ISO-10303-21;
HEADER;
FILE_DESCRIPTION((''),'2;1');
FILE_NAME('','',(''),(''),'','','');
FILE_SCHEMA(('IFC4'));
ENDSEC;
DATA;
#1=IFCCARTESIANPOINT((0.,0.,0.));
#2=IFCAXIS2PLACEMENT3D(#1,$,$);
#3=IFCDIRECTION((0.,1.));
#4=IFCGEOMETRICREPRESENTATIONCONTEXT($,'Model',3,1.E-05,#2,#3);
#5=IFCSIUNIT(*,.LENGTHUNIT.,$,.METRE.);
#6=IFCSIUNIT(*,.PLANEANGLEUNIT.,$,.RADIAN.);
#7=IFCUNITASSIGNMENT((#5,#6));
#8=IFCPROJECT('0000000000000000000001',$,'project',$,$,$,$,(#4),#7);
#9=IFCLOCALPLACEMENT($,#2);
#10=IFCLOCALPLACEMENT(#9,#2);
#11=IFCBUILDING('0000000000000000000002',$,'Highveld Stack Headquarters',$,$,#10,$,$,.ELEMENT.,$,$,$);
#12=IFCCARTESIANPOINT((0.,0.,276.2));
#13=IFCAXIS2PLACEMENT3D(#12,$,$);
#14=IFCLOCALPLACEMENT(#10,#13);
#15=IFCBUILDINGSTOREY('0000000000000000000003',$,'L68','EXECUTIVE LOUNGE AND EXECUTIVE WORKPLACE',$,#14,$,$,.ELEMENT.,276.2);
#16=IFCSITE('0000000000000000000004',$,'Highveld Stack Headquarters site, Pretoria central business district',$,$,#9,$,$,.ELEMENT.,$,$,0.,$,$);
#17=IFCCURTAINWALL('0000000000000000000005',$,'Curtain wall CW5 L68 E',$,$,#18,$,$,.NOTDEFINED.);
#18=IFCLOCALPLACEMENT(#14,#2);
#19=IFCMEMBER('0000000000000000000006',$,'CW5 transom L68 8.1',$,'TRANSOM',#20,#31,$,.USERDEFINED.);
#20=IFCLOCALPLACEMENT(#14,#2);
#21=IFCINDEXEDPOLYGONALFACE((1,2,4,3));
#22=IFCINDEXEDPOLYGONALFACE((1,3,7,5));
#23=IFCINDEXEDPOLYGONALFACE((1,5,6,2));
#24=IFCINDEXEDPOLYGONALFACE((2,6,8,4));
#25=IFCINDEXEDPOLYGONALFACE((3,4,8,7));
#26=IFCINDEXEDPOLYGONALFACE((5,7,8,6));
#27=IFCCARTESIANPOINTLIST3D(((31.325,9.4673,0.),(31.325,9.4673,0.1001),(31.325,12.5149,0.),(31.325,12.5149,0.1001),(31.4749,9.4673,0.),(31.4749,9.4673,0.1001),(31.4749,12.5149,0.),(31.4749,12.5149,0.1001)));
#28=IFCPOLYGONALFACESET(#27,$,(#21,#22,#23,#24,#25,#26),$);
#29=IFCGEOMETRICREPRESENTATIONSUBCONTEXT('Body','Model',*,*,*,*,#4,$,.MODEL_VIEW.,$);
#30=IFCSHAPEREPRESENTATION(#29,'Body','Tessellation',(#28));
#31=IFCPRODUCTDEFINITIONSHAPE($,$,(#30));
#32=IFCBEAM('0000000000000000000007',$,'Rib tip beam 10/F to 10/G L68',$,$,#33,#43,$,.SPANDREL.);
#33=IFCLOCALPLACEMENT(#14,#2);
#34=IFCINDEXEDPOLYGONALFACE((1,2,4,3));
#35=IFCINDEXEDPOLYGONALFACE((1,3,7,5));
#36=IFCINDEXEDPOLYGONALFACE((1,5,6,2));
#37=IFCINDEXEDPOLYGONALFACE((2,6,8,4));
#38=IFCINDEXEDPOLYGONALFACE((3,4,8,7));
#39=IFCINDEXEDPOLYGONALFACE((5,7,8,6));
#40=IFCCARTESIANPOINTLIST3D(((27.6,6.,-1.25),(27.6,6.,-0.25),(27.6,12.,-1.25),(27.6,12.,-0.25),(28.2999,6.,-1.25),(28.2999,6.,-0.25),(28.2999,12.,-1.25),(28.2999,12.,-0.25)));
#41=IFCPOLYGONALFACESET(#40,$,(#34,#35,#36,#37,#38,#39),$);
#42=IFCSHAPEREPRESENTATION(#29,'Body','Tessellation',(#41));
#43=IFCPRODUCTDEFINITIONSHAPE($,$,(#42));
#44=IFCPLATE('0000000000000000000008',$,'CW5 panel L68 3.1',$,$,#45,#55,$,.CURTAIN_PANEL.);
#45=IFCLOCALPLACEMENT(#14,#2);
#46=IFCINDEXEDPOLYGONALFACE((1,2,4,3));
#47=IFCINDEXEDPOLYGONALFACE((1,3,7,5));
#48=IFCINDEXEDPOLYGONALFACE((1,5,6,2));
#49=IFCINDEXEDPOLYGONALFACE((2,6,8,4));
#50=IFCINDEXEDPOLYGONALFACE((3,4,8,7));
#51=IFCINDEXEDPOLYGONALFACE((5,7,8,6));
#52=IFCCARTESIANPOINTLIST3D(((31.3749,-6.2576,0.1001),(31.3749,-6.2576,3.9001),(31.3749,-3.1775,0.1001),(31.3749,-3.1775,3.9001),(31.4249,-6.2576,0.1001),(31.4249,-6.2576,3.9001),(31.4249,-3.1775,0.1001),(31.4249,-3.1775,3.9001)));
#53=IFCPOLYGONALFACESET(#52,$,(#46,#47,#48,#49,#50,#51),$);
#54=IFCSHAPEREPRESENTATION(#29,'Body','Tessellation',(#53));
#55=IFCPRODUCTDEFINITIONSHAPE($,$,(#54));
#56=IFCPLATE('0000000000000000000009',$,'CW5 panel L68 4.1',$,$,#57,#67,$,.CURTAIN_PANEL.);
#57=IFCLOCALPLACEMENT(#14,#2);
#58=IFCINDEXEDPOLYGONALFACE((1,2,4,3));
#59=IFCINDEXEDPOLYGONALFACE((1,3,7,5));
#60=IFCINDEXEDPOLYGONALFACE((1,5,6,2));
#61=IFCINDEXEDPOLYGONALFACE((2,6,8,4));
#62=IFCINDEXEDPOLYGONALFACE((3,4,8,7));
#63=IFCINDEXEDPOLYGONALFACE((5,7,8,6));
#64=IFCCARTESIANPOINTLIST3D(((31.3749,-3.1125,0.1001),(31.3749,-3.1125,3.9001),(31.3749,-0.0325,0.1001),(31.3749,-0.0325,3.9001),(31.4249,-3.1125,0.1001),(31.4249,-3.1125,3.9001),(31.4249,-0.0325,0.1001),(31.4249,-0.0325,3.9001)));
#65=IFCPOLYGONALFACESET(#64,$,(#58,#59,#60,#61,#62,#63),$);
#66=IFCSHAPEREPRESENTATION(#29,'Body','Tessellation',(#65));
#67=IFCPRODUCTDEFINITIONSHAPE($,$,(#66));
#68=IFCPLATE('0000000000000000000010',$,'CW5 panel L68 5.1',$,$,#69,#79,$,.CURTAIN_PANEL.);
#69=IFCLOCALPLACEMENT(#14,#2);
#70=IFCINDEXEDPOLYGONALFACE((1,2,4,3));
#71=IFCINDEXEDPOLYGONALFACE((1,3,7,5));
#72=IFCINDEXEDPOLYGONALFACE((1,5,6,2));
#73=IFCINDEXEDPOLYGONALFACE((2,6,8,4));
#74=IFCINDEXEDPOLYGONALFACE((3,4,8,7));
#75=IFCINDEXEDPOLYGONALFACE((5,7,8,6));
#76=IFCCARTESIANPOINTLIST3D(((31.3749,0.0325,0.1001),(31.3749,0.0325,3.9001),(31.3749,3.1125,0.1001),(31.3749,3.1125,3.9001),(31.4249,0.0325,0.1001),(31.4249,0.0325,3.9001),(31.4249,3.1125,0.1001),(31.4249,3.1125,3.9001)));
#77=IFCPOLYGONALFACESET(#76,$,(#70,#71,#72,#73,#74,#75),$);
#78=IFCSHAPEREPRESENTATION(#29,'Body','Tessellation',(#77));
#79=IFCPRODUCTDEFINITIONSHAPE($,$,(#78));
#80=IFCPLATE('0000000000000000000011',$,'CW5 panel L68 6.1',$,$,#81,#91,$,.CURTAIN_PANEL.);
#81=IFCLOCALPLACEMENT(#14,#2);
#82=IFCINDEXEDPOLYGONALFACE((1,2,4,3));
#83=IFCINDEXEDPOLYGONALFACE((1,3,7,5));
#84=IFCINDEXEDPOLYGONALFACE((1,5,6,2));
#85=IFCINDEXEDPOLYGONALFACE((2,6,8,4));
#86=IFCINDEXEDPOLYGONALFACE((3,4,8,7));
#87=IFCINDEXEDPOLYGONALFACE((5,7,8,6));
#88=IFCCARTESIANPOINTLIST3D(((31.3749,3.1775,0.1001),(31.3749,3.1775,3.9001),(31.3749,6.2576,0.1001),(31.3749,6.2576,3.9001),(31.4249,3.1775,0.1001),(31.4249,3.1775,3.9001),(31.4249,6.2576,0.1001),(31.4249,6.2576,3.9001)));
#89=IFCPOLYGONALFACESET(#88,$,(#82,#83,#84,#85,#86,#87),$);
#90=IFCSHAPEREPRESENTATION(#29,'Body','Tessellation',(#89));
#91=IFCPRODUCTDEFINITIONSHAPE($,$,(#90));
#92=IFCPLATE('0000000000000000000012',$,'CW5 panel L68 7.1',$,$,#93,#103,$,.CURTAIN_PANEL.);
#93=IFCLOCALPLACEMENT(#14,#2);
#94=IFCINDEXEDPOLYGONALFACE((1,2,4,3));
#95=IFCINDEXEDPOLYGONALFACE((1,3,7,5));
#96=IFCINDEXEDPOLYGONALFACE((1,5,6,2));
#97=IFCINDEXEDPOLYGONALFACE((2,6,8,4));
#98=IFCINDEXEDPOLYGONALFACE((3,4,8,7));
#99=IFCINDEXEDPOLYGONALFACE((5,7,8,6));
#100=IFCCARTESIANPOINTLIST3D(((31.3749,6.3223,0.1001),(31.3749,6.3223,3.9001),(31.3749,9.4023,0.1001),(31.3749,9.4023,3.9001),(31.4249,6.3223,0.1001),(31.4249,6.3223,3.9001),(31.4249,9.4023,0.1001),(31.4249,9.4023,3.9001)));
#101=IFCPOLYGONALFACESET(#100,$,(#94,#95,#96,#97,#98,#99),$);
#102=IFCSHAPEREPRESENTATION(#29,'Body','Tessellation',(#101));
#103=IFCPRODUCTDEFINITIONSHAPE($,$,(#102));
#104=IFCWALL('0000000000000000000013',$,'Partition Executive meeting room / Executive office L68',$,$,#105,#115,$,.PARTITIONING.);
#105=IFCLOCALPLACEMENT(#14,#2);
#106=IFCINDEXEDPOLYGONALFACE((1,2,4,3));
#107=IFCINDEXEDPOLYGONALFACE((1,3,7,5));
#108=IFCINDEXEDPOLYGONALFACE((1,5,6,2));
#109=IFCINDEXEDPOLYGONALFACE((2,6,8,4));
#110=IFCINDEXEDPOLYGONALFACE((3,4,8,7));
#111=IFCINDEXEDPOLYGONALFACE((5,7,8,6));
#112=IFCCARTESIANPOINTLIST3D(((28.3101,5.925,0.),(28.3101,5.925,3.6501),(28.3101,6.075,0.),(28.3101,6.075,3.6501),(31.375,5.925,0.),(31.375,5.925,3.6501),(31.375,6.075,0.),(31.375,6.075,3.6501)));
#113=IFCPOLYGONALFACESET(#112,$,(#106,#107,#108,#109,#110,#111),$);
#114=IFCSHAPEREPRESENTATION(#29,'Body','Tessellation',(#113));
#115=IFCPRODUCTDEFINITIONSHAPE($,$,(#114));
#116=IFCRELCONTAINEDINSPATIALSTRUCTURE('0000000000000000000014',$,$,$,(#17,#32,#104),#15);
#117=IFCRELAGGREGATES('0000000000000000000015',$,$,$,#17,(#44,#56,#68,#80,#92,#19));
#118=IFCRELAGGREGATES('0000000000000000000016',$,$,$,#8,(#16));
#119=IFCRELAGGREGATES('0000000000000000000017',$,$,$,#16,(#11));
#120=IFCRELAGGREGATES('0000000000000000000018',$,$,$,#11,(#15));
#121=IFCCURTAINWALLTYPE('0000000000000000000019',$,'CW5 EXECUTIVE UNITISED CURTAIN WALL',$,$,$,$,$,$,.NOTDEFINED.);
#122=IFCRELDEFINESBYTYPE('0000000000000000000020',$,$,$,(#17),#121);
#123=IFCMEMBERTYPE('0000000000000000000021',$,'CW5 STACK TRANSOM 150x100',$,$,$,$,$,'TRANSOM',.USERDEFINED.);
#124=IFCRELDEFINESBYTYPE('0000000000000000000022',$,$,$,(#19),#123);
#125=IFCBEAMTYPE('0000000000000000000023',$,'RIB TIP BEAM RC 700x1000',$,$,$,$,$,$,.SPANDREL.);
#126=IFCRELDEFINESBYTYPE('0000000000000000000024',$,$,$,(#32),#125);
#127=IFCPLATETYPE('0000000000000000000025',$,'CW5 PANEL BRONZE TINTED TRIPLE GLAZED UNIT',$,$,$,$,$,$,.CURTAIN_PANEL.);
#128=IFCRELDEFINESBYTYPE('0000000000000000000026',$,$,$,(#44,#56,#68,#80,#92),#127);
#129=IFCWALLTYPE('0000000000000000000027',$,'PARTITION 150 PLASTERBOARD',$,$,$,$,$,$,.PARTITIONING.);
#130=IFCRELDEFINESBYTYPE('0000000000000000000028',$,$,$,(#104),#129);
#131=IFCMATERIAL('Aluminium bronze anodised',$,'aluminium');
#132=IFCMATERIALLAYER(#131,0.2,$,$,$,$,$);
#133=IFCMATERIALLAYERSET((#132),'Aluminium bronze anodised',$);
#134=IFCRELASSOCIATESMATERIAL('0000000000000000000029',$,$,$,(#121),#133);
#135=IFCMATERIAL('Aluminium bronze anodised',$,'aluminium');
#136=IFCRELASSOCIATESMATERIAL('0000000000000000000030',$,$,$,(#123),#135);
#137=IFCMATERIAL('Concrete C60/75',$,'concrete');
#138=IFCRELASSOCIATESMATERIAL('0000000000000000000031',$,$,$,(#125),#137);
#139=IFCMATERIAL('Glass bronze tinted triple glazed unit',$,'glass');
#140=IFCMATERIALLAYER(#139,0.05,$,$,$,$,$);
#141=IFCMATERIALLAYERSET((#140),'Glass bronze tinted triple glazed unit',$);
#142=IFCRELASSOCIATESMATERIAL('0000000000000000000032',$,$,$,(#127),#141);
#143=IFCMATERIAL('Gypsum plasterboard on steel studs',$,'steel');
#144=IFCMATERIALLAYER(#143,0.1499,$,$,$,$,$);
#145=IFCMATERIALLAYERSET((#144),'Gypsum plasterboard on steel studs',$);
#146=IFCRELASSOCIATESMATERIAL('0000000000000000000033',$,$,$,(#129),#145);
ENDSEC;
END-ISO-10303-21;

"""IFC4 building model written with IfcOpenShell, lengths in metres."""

from ifc_helpers import new_model, si_unit, direction, frame, frame_2d, origin, origin_2d, place, context, subcontext, project, spatial, rectangle, extrude, material, layer, layer_set, material_profile, profile_set, type_object, element, aggregate, save


model = new_model("IFC4")

# Units and contexts
model_context = context("Model", 3, precision=1e-05, world=origin(), true_north=direction((0.0, 1.0)))
body_context = subcontext(model_context, "Body", "Model", "MODEL_VIEW")
ifc_project = project(units=[si_unit("LENGTHUNIT", "METRE"), si_unit("PLANEANGLEUNIT", "RADIAN")], contexts=[model_context])

# Site, building, storey
site_placement = place(None, origin())
site = spatial("IfcSite", under=ifc_project, at=site_placement, Name="Highveld Stack Headquarters site, Pretoria central business district", CompositionType="ELEMENT", RefElevation=0.0)
building_placement = place(site_placement, origin())
building = spatial("IfcBuilding", under=site, at=building_placement, Name="Highveld Stack Headquarters", CompositionType="ELEMENT")
storey_placement = place(building_placement, frame((0.0, 0.0, 276.2)))
storey = spatial("IfcBuildingStorey", under=building, at=storey_placement, Name="L68", Description="EXECUTIVE LOUNGE AND EXECUTIVE WORKPLACE", CompositionType="ELEMENT", Elevation=276.2)

# Curtain wall, member
ifc_material_1 = material(Name="Aluminium bronze anodised", Category="aluminium")
ifc_layer_1 = layer(ifc_material_1, 0.2)
ifc_layer_set_1 = layer_set([ifc_layer_1], Name="Aluminium bronze anodised")
curtain_wall_type = type_object("IfcCurtainWallType", Name="CW5 EXECUTIVE UNITISED CURTAIN WALL", PredefinedType="NOTDEFINED", material=ifc_layer_set_1)
curtain_wall_placement = place(storey_placement, origin())
curtain_wall = element("IfcCurtainWall", 1, at=curtain_wall_placement, inside=storey, type_object=curtain_wall_type, Name="Curtain wall CW5 L68 E", PredefinedType="NOTDEFINED")
ifc_material_2 = material(Name="Aluminium bronze anodised", Category="aluminium")
ifc_material_profile_1 = material_profile(ifc_material_2, rectangle(XDim=0.1499, YDim=0.1001, at=origin_2d()), Name="CW5 TRANSOM 150x100")
ifc_profile_set_1 = profile_set([ifc_material_profile_1], Name="Aluminium bronze anodised")
member_type_1 = type_object("IfcMemberType", Name="CW5 STACK TRANSOM 150x100", ElementType="TRANSOM", PredefinedType="USERDEFINED", material=ifc_profile_set_1)
member_1_placement = place(storey_placement, frame((31.3999, 9.4673, 0.05), z_axis=(0.0, 1.0, 0.0), x_axis=(-1.0, 0.0, 0.0)))
member_1 = element("IfcMember", 2, at=member_1_placement, type_object=member_type_1, Name="CW5 transom L68 8.1", ObjectType="TRANSOM", PredefinedType="USERDEFINED", context=body_context, shape_type="SweptSolid", body=[
    extrude(rectangle(XDim=0.1499, YDim=0.1001, at=origin_2d()), origin(), (0.0, 0.0, 1.0), 3.0476),
])

# Beam
ifc_material_3 = material(Name="Concrete C60/75", Category="concrete")
ifc_material_profile_2 = material_profile(ifc_material_3, rectangle(XDim=0.7, YDim=1.0, at=origin_2d()), Name="RC 700x1000")
ifc_profile_set_2 = profile_set([ifc_material_profile_2], Name="Concrete C60/75")
beam_type = type_object("IfcBeamType", Name="RIB TIP BEAM RC 700x1000", PredefinedType="SPANDREL", material=ifc_profile_set_2)
beam_placement = place(storey_placement, frame((27.95, 6.0, -0.75), z_axis=(0.0, 1.0, 0.0), x_axis=(-1.0, 0.0, 0.0)))
element("IfcBeam", 3, at=beam_placement, inside=storey, type_object=beam_type, Name="Rib tip beam 10/F to 10/G L68", PredefinedType="SPANDREL", context=body_context, shape_type="SweptSolid", body=[
    extrude(rectangle(XDim=0.7, YDim=1.0, at=origin_2d()), origin(), (0.0, 0.0, 1.0), 6.0),
])

# Plates
ifc_material_4 = material(Name="Glass bronze tinted triple glazed unit", Category="glass")
ifc_layer_2 = layer(ifc_material_4, 0.05)
ifc_layer_set_2 = layer_set([ifc_layer_2], Name="Glass bronze tinted triple glazed unit")
plate_type = type_object("IfcPlateType", Name="CW5 PANEL BRONZE TINTED TRIPLE GLAZED UNIT", PredefinedType="CURTAIN_PANEL", material=ifc_layer_set_2)
plate_1_placement = place(storey_placement, frame((31.3999, -4.7175, 0.1001), z_axis=(0.0, 0.0, 1.0), x_axis=(0.0, 1.0, 0.0)))
plate_1 = element("IfcPlate", 4, at=plate_1_placement, type_object=plate_type, Name="CW5 panel L68 3.1", PredefinedType="CURTAIN_PANEL", context=body_context, shape_type="SweptSolid", body=[
    extrude(rectangle(XDim=3.0801, YDim=0.05, at=origin_2d()), origin(), (0.0, 0.0, 1.0), 3.8),
])
plate_2_placement = place(storey_placement, frame((31.3999, -1.5725, 0.1001), z_axis=(0.0, 0.0, 1.0), x_axis=(0.0, 1.0, 0.0)))
plate_2 = element("IfcPlate", 5, at=plate_2_placement, type_object=plate_type, Name="CW5 panel L68 4.1", PredefinedType="CURTAIN_PANEL", context=body_context, shape_type="SweptSolid", body=[
    extrude(rectangle(XDim=3.0801, YDim=0.05, at=origin_2d()), origin(), (0.0, 0.0, 1.0), 3.8),
])
plate_3_placement = place(storey_placement, frame((31.3999, 1.5725, 0.1001), z_axis=(0.0, 0.0, 1.0), x_axis=(0.0, 1.0, 0.0)))
plate_3 = element("IfcPlate", 6, at=plate_3_placement, type_object=plate_type, Name="CW5 panel L68 5.1", PredefinedType="CURTAIN_PANEL", context=body_context, shape_type="SweptSolid", body=[
    extrude(rectangle(XDim=3.0801, YDim=0.05, at=origin_2d()), origin(), (0.0, 0.0, 1.0), 3.8),
])
plate_4_placement = place(storey_placement, frame((31.3999, 4.7175, 0.1001), z_axis=(0.0, 0.0, 1.0), x_axis=(0.0, 1.0, 0.0)))
plate_4 = element("IfcPlate", 7, at=plate_4_placement, type_object=plate_type, Name="CW5 panel L68 6.1", PredefinedType="CURTAIN_PANEL", context=body_context, shape_type="SweptSolid", body=[
    extrude(rectangle(XDim=3.0801, YDim=0.05, at=origin_2d()), origin(), (0.0, 0.0, 1.0), 3.8),
])
plate_5_placement = place(storey_placement, frame((31.3999, 7.8623, 0.1001), z_axis=(0.0, 0.0, 1.0), x_axis=(0.0, 1.0, 0.0)))
plate_5 = element("IfcPlate", 8, at=plate_5_placement, type_object=plate_type, Name="CW5 panel L68 7.1", PredefinedType="CURTAIN_PANEL", context=body_context, shape_type="SweptSolid", body=[
    extrude(rectangle(XDim=3.0801, YDim=0.05, at=origin_2d()), origin(), (0.0, 0.0, 1.0), 3.8),
])
aggregate(curtain_wall, [plate_1, plate_2, plate_3, plate_4, plate_5, member_1])

# Wall
ifc_material_5 = material(Name="Gypsum plasterboard on steel studs", Category="steel")
ifc_layer_3 = layer(ifc_material_5, 0.1499)
ifc_layer_set_3 = layer_set([ifc_layer_3], Name="Gypsum plasterboard on steel studs")
wall_type = type_object("IfcWallType", Name="PARTITION 150 PLASTERBOARD", PredefinedType="PARTITIONING", material=ifc_layer_set_3)
wall_placement = place(storey_placement, frame((28.3101, 6.0, 0.0), z_axis=(0.0, 0.0, 1.0), x_axis=(1.0, 0.0, 0.0)))
element("IfcWall", 9, at=wall_placement, inside=storey, type_object=wall_type, Name="Partition Executive meeting room / Executive office L68", PredefinedType="PARTITIONING", context=body_context, shape_type="SweptSolid", body=[
    extrude(rectangle(XDim=3.0649, YDim=0.1499, at=frame_2d((1.5325, 0.0))), origin(), (0.0, 0.0, 1.0), 3.6501),
])

save(model, "model.ifc")
